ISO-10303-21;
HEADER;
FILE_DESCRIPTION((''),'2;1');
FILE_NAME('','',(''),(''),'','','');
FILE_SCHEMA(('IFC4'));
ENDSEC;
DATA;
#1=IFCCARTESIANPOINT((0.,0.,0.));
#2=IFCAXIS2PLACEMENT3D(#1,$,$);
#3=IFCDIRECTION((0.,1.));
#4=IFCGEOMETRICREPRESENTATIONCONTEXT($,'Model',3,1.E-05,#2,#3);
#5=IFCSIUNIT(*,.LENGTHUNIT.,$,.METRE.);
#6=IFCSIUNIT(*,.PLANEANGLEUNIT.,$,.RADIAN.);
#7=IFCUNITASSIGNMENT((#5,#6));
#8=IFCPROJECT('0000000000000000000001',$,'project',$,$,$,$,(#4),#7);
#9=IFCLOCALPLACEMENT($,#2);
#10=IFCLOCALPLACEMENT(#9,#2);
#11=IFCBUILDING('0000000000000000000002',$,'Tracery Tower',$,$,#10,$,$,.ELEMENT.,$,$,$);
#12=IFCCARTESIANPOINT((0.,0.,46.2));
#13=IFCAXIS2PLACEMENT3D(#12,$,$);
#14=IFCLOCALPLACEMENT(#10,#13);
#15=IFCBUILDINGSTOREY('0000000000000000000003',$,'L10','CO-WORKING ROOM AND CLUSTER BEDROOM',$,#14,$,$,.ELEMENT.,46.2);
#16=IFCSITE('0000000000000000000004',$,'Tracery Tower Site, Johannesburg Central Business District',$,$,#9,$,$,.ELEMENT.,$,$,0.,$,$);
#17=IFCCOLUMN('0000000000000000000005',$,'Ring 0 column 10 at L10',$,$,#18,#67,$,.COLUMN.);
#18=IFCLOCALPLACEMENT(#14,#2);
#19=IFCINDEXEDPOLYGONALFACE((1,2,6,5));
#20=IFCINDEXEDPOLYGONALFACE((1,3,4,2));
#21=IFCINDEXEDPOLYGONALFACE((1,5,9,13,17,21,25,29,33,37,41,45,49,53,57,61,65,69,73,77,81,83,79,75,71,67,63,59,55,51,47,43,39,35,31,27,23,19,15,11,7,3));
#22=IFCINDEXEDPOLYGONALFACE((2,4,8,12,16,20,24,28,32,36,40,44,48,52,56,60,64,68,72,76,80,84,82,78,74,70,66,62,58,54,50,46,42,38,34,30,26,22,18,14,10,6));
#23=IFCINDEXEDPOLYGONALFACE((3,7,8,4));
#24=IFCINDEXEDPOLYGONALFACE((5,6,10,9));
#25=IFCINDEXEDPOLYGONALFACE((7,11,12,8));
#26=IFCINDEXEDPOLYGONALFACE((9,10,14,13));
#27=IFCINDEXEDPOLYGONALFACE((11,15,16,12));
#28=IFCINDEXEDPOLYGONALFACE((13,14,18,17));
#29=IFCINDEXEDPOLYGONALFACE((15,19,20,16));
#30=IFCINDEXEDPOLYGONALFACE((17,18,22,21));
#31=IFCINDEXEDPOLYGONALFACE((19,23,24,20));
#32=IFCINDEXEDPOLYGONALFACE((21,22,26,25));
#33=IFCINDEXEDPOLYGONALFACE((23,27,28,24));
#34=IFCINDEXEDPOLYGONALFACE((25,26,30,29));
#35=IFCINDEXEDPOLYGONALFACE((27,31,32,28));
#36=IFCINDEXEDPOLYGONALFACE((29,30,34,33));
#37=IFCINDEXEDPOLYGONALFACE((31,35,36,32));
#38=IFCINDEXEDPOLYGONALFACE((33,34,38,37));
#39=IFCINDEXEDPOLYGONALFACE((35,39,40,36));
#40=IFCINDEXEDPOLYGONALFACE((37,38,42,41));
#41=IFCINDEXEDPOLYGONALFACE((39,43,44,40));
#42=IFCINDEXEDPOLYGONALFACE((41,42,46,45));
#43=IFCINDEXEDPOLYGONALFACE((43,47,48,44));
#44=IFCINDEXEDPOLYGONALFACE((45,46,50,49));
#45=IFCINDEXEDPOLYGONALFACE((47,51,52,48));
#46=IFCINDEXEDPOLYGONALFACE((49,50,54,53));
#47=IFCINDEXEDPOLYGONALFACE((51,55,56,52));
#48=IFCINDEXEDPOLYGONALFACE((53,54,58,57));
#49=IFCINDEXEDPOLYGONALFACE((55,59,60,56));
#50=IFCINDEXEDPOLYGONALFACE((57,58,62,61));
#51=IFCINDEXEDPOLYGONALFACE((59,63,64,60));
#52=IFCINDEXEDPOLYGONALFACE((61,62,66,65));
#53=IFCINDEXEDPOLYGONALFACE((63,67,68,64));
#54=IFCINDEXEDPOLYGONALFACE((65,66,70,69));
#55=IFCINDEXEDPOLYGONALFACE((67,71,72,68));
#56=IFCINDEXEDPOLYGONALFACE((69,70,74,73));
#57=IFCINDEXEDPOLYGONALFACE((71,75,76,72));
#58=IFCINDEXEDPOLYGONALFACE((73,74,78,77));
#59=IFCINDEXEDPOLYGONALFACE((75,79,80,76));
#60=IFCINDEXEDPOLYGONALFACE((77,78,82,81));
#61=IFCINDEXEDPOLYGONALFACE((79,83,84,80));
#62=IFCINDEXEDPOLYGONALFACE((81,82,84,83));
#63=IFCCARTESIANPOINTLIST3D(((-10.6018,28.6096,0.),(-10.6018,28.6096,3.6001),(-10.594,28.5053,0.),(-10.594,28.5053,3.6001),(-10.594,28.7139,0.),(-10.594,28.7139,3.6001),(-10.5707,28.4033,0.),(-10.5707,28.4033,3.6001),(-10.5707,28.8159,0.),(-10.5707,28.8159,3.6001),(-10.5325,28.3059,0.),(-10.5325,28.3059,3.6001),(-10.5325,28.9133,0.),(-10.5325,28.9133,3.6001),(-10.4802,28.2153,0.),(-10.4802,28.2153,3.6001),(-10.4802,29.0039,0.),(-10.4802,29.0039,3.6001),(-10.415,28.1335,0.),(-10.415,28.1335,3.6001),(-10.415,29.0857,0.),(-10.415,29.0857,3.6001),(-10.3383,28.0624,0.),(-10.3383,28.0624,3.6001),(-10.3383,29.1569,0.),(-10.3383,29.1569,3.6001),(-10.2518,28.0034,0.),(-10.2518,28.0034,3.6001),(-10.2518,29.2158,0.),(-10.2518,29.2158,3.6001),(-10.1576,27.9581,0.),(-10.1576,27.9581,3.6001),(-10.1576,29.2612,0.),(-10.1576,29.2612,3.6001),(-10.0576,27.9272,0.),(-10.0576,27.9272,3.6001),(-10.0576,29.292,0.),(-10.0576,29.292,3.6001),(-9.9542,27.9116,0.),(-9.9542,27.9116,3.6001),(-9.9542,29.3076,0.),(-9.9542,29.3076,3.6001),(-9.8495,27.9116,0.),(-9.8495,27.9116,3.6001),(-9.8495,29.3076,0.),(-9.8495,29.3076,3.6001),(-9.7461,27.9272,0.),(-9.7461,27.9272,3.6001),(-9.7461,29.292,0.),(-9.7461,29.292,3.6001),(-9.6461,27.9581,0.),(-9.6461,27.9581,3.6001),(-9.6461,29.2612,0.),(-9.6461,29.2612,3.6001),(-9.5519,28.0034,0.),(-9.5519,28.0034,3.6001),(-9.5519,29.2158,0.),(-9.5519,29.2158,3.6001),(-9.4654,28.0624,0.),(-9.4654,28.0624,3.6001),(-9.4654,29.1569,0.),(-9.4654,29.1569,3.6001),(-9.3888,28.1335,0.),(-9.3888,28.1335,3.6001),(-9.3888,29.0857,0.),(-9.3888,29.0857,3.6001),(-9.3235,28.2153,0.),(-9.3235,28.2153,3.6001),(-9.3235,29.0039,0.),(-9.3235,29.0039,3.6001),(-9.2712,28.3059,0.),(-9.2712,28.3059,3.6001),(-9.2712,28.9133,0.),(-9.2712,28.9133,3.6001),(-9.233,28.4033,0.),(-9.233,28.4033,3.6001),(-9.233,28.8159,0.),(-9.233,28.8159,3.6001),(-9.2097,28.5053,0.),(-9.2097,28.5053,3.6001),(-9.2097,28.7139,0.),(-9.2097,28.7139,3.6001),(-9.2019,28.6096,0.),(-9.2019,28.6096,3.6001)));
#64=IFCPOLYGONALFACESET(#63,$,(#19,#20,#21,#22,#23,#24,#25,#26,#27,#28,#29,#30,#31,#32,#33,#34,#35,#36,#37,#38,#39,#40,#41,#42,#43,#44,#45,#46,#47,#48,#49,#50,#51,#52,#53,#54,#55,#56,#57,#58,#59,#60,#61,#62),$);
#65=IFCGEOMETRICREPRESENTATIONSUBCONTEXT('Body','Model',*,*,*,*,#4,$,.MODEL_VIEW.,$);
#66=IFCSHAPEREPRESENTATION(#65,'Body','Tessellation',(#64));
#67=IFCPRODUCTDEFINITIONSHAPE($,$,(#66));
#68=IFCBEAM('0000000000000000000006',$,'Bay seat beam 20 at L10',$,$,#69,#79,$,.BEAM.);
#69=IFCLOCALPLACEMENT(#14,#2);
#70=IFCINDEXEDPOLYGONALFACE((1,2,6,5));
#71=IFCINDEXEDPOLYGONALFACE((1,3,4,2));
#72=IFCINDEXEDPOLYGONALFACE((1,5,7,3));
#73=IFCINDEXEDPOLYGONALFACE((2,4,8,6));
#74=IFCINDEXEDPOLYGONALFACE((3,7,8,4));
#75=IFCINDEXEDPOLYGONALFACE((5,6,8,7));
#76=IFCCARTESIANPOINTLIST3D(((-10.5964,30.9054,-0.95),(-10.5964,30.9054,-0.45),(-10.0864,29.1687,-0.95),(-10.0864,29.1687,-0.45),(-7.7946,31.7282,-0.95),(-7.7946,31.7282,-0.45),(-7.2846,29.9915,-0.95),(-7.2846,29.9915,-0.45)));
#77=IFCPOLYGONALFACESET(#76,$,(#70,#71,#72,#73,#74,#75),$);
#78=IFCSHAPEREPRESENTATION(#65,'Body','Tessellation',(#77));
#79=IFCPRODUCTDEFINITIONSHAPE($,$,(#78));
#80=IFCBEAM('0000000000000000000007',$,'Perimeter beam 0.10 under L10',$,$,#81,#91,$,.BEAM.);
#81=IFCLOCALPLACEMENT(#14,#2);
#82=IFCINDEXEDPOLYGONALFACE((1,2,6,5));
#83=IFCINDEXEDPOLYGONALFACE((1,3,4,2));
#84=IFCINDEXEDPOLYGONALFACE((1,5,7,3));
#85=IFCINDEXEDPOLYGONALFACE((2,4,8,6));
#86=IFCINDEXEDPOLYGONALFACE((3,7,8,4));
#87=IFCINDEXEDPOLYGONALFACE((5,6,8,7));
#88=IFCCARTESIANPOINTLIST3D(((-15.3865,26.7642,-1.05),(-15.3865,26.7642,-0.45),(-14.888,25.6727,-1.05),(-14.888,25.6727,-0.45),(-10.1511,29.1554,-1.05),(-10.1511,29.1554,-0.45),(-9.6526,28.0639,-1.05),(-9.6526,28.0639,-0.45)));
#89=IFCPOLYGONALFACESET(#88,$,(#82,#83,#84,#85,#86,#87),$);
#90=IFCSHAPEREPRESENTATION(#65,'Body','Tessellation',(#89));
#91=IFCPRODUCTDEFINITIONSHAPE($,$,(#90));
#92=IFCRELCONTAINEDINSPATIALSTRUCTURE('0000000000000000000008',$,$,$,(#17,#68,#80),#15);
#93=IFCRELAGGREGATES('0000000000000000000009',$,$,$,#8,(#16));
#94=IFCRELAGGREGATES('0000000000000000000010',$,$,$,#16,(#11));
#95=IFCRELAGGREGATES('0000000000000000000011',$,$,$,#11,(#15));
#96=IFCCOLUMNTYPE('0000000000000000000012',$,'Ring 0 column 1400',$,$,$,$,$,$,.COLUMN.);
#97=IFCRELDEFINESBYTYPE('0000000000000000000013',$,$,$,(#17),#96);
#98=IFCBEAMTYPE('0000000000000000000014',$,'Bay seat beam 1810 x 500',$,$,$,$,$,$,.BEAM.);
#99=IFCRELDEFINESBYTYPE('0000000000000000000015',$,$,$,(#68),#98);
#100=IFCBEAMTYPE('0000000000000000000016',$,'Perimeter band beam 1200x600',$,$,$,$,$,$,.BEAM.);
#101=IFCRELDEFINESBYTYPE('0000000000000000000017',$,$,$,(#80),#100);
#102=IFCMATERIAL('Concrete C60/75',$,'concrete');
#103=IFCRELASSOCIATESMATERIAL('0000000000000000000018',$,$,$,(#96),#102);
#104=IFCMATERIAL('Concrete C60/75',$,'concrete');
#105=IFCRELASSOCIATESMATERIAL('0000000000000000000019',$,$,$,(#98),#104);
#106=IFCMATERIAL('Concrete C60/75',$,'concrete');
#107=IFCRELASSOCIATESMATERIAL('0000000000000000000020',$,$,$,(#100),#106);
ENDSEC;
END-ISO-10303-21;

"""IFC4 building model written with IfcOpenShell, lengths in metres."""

from ifc_helpers import new_model, si_unit, direction, frame, origin, origin_2d, place, context, subcontext, project, spatial, rectangle, circle, extrude, material, material_profile, profile_set, type_object, element, save


model = new_model("IFC4")

# Units and contexts
model_context = context("Model", 3, precision=1e-05, world=origin(), true_north=direction((0.0, 1.0)))
body_context = subcontext(model_context, "Body", "Model", "MODEL_VIEW")
ifc_project = project(units=[si_unit("LENGTHUNIT", "METRE"), si_unit("PLANEANGLEUNIT", "RADIAN")], contexts=[model_context])

# Site, building, storey
site_placement = place(None, origin())
site = spatial("IfcSite", under=ifc_project, at=site_placement, Name="Tracery Tower Site, Johannesburg Central Business District", CompositionType="ELEMENT", RefElevation=0.0)
building_placement = place(site_placement, origin())
building = spatial("IfcBuilding", under=site, at=building_placement, Name="Tracery Tower", CompositionType="ELEMENT")
storey_placement = place(building_placement, frame((0.0, 0.0, 46.2)))
storey = spatial("IfcBuildingStorey", under=building, at=storey_placement, Name="L10", Description="CO-WORKING ROOM AND CLUSTER BEDROOM", CompositionType="ELEMENT", Elevation=46.2)

# Column
ifc_material_1 = material(Name="Concrete C60/75", Category="concrete")
ifc_material_profile_1 = material_profile(ifc_material_1, circle(Radius=0.7, at=origin_2d()), Name="RC D1400")
ifc_profile_set_1 = profile_set([ifc_material_profile_1], Name="Concrete C60/75")
column_type = type_object("IfcColumnType", Name="Ring 0 column 1400", PredefinedType="COLUMN", material=ifc_profile_set_1)
column_placement = place(storey_placement, frame((-9.9019, 28.6096, 0.0), z_axis=(0.0, 0.0, 1.0), x_axis=(1.0, 0.0, 0.0)))
element("IfcColumn", 1, at=column_placement, inside=storey, type_object=column_type, Name="Ring 0 column 10 at L10", PredefinedType="COLUMN", context=body_context, shape_type="SweptSolid", body=[
    extrude(circle(Radius=0.7, at=origin_2d()), origin(), (0.0, 0.0, 1.0), 3.6001),
])

# Beams
ifc_material_2 = material(Name="Concrete C60/75", Category="concrete")
ifc_material_profile_2 = material_profile(ifc_material_2, rectangle(XDim=1.8101, YDim=0.5, at=origin_2d()), Name="RC 1810x500")
ifc_profile_set_2 = profile_set([ifc_material_profile_2], Name="Concrete C60/75")
beam_type_1 = type_object("IfcBeamType", Name="Bay seat beam 1810 x 500", PredefinedType="BEAM", material=ifc_profile_set_2)
beam_1_placement = place(storey_placement, frame((-7.5396, 30.8599, -0.7), z_axis=(-0.959485, -0.281759, 0.0), x_axis=(0.281759, -0.959485, 0.0)))
element("IfcBeam", 2, at=beam_1_placement, inside=storey, type_object=beam_type_1, Name="Bay seat beam 20 at L10", PredefinedType="BEAM", context=body_context, shape_type="SweptSolid", body=[
    extrude(rectangle(XDim=1.8101, YDim=0.5, at=origin_2d()), origin(), (0.0, 0.0, 1.0), 2.9202),
])
ifc_material_3 = material(Name="Concrete C60/75", Category="concrete")
ifc_material_profile_3 = material_profile(ifc_material_3, rectangle(XDim=1.2, YDim=0.6001, at=origin_2d()), Name="RC 1200x600")
ifc_profile_set_3 = profile_set([ifc_material_profile_3], Name="Concrete C60/75")
beam_type_2 = type_object("IfcBeamType", Name="Perimeter band beam 1200x600", PredefinedType="BEAM", material=ifc_profile_set_3)
beam_2_placement = place(storey_placement, frame((-9.9019, 28.6096, -0.75), z_axis=(-0.909618, -0.415445, 0.0), x_axis=(0.415445, -0.909618, 0.0)))
element("IfcBeam", 3, at=beam_2_placement, inside=storey, type_object=beam_type_2, Name="Perimeter beam 0.10 under L10", PredefinedType="BEAM", context=body_context, shape_type="SweptSolid", body=[
    extrude(rectangle(XDim=1.2, YDim=0.6001, at=origin_2d()), origin(), (0.0, 0.0, 1.0), 5.7556),
])

save(model, "model.ifc")
